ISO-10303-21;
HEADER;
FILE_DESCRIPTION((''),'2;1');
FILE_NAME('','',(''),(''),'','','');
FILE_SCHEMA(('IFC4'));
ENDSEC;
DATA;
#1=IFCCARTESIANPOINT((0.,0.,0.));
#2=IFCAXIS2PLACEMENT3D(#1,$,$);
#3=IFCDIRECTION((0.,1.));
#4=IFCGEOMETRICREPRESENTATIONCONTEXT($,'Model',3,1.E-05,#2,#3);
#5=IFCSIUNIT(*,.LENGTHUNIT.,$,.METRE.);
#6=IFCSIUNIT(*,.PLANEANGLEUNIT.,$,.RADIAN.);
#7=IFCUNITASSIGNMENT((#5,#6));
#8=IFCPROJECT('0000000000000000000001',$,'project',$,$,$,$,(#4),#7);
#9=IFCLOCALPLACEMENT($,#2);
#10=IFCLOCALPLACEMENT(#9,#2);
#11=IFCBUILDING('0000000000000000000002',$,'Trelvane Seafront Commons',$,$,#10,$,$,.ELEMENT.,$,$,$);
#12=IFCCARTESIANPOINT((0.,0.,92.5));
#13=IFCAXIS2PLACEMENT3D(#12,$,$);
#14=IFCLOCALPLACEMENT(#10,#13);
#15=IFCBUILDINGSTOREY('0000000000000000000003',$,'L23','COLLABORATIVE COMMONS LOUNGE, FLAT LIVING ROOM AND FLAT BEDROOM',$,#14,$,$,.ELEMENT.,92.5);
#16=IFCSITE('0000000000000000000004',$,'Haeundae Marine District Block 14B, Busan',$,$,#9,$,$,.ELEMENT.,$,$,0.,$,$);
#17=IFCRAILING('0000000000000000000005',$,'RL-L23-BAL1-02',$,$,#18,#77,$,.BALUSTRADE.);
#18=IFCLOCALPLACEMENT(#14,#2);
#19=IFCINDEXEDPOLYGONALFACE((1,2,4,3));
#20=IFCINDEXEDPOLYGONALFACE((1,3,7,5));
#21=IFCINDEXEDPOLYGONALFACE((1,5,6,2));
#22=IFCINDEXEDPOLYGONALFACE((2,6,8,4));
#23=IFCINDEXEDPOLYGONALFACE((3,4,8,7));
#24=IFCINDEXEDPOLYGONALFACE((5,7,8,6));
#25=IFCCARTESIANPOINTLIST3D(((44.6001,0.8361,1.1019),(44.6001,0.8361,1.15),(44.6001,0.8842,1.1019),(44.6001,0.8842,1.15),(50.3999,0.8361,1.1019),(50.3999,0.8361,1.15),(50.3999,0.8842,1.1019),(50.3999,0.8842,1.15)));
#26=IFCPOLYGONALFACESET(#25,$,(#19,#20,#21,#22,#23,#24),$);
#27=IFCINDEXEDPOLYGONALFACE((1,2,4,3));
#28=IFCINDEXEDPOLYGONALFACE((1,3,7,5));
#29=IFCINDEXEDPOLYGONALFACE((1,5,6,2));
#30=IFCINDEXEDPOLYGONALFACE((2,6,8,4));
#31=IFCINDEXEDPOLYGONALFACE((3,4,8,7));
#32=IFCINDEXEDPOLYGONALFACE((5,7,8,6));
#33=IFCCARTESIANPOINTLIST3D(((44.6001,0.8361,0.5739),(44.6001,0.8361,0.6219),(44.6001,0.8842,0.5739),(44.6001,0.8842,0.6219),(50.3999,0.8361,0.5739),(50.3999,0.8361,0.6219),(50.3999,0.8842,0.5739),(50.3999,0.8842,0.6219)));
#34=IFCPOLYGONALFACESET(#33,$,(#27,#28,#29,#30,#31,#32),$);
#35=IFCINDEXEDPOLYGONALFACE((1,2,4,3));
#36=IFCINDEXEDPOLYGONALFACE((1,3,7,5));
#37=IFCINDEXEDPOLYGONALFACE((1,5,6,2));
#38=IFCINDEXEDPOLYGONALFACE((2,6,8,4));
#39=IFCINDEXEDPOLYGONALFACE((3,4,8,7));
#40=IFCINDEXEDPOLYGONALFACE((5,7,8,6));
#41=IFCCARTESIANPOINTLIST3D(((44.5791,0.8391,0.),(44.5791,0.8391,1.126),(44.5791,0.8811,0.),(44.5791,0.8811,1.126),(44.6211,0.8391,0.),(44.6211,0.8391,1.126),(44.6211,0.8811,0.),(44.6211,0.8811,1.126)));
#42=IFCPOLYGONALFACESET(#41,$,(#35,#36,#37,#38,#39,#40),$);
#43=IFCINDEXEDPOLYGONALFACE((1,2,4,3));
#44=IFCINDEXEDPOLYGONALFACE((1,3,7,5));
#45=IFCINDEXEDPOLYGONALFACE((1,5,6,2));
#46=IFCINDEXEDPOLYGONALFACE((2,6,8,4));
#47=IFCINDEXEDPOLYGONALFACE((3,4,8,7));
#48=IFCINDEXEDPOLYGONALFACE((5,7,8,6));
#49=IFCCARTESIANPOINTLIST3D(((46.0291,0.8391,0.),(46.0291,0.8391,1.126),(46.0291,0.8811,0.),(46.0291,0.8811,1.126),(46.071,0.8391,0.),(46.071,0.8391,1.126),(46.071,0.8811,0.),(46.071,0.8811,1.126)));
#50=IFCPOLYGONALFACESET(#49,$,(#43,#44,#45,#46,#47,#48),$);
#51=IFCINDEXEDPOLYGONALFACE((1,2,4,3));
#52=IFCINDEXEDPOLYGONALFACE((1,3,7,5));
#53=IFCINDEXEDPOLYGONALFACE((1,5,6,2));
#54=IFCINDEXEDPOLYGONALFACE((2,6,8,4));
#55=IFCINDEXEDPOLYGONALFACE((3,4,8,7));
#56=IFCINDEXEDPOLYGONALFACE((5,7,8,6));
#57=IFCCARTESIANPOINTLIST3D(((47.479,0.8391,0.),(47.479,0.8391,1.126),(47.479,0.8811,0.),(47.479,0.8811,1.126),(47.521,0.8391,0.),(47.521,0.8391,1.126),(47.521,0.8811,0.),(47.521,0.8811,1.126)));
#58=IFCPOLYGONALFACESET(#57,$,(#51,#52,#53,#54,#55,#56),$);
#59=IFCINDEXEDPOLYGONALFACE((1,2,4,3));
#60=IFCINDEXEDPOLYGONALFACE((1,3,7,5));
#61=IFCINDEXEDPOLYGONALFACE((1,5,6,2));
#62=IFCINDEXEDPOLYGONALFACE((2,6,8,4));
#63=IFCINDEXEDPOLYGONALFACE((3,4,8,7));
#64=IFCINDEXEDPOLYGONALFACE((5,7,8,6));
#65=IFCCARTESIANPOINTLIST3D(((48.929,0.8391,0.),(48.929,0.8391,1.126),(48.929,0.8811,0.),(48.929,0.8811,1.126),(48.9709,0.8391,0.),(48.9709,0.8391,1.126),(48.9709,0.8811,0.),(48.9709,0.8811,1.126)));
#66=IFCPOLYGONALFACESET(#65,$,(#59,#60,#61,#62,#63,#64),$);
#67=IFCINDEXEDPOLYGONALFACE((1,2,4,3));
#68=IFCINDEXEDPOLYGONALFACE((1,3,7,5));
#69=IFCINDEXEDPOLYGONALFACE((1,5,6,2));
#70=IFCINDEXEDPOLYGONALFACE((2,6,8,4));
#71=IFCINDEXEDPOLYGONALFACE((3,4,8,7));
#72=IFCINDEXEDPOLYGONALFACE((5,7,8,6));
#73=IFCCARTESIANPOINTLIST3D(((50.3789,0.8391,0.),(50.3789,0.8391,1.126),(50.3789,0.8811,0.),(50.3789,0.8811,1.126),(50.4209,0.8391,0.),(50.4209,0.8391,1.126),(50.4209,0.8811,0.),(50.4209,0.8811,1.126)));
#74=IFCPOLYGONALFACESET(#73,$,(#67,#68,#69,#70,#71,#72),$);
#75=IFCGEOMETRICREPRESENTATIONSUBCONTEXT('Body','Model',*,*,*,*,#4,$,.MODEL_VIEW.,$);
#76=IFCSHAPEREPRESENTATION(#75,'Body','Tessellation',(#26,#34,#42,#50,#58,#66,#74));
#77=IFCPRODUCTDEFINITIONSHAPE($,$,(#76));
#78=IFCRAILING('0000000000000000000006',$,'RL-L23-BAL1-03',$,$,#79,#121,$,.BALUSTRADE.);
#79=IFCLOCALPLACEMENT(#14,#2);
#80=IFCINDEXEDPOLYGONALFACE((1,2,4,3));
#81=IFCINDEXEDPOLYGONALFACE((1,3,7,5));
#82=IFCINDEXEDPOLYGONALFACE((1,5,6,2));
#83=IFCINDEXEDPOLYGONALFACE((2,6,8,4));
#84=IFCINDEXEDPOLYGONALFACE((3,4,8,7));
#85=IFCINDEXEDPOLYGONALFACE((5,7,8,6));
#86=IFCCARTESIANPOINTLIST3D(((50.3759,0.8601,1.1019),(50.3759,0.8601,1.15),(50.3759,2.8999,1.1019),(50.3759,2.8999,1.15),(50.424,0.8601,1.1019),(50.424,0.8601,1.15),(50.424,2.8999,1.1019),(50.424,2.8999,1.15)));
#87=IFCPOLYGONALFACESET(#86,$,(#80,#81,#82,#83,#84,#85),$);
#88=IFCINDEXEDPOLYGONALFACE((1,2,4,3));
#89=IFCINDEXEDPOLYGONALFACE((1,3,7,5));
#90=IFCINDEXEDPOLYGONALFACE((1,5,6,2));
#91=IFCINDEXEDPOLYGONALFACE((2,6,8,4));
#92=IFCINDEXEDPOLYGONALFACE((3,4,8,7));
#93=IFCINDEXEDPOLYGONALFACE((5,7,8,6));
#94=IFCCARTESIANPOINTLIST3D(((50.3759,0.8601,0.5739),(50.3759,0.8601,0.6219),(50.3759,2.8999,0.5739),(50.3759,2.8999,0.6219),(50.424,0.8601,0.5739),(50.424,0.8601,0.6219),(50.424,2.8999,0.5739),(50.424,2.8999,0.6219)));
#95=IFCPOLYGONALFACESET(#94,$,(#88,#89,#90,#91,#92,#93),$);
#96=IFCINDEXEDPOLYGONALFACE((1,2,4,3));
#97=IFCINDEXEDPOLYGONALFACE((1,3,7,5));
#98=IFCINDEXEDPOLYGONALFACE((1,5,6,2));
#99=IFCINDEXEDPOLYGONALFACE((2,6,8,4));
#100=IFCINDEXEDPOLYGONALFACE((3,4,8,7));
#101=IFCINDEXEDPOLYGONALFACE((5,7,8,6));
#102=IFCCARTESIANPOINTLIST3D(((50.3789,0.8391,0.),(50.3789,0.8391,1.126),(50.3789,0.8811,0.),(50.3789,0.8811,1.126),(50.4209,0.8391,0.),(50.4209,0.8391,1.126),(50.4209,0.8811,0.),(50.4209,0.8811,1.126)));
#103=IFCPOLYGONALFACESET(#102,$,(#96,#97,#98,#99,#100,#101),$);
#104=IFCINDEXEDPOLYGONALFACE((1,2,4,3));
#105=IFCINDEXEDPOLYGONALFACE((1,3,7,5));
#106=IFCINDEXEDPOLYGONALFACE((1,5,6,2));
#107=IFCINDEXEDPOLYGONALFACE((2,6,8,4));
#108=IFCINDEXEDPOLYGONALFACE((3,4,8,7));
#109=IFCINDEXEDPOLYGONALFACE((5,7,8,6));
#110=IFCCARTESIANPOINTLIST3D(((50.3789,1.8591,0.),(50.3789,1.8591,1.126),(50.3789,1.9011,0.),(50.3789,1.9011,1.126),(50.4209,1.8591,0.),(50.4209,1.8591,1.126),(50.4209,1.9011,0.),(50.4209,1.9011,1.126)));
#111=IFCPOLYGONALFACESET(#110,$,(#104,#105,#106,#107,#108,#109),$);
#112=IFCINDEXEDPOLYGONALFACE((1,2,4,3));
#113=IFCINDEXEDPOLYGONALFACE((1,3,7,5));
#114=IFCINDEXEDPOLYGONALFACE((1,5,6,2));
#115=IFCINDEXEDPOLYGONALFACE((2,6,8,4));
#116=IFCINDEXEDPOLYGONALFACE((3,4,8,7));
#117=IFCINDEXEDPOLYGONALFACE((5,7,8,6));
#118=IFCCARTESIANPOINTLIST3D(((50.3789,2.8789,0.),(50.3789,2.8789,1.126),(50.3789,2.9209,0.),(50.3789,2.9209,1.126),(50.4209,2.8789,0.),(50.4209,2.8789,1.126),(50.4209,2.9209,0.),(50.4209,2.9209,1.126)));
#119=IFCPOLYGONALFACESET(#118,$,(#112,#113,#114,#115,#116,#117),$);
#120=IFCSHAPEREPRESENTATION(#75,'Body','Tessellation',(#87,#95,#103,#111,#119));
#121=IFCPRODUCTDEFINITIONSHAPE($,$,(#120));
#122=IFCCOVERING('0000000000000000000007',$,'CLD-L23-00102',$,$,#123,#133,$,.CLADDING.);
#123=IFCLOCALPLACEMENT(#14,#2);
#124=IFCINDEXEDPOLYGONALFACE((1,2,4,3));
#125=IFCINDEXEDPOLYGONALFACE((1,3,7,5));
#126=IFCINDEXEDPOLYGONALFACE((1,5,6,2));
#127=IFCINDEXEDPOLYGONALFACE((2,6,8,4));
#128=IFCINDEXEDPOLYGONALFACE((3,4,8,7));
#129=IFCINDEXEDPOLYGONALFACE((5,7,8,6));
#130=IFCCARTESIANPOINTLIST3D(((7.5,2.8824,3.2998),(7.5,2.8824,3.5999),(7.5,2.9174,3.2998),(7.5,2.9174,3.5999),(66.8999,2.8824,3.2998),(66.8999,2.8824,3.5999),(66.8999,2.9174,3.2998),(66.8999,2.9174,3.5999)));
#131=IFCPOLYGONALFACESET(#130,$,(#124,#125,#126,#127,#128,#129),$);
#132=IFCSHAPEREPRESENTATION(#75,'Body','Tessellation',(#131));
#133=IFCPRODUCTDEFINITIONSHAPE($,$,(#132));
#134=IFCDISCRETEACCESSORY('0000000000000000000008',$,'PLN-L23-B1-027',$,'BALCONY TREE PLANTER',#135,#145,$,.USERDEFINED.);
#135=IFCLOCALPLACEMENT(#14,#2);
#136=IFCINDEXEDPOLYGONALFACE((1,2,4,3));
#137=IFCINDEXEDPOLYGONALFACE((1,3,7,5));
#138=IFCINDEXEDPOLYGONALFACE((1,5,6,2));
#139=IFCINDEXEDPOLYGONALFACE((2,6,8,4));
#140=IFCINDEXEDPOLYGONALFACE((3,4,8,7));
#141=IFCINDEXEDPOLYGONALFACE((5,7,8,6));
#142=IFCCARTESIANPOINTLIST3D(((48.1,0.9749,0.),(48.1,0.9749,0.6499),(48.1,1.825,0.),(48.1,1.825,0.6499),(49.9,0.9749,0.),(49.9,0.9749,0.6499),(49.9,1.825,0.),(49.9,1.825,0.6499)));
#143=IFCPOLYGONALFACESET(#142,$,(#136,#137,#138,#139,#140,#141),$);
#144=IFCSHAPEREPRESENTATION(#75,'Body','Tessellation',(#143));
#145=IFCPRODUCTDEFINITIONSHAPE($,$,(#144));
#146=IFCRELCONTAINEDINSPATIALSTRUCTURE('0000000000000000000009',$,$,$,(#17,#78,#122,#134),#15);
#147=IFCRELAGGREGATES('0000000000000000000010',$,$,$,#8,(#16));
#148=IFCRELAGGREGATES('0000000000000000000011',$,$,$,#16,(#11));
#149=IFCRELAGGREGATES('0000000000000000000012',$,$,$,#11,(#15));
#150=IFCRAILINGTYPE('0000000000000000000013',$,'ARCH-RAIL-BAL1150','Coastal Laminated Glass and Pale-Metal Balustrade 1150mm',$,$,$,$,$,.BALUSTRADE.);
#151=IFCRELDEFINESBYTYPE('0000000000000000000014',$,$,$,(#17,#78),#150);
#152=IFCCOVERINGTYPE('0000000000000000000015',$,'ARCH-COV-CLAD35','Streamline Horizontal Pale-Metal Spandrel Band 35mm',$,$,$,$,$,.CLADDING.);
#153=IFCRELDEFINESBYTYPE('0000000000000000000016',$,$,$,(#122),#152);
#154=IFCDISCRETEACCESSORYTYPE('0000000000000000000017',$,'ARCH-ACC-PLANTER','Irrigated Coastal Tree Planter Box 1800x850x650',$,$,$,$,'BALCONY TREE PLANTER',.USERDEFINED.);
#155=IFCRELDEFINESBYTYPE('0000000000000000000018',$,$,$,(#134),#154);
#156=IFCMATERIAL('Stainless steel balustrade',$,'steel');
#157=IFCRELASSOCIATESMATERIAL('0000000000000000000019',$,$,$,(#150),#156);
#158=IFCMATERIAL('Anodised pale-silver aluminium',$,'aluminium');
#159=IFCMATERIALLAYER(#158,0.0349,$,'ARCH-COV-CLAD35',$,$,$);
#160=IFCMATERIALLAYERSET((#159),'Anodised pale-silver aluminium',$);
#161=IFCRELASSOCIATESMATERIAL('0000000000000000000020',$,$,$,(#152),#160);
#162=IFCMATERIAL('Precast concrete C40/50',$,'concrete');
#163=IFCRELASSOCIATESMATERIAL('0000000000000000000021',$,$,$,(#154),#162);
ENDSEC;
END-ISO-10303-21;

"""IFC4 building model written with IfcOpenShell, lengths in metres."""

from ifc_helpers import new_model, si_unit, direction, frame, origin, origin_2d, place, context, subcontext, project, spatial, rectangle, extrude, source, transform, mapped, material, layer, layer_set, type_object, element, save


model = new_model("IFC4")

# Units and contexts
model_context = context("Model", 3, precision=1e-05, world=origin(), true_north=direction((0.0, 1.0)))
body_context = subcontext(model_context, "Body", "Model", "MODEL_VIEW")
ifc_project = project(units=[si_unit("LENGTHUNIT", "METRE"), si_unit("PLANEANGLEUNIT", "RADIAN")], contexts=[model_context])

# Site, building, storey
site_placement = place(None, origin())
site = spatial("IfcSite", under=ifc_project, at=site_placement, Name="Haeundae Marine District Block 14B, Busan", CompositionType="ELEMENT", RefElevation=0.0)
building_placement = place(site_placement, origin())
building = spatial("IfcBuilding", under=site, at=building_placement, Name="Trelvane Seafront Commons", CompositionType="ELEMENT")
storey_placement = place(building_placement, frame((0.0, 0.0, 92.5)))
storey = spatial("IfcBuildingStorey", under=building, at=storey_placement, Name="L23", Description="COLLABORATIVE COMMONS LOUNGE, FLAT LIVING ROOM AND FLAT BEDROOM", CompositionType="ELEMENT", Elevation=92.5)

# Shared definitions
ifc_material_1 = material(Name="Anodised pale-silver aluminium", Category="aluminium")

# Railings
ifc_material_2 = material(Name="Stainless steel balustrade", Category="steel")
railing_type = type_object("IfcRailingType", Name="ARCH-RAIL-BAL1150", Description="Coastal Laminated Glass and Pale-Metal Balustrade 1150mm", PredefinedType="BALUSTRADE", material=ifc_material_2)
railing_1_placement = place(storey_placement, frame((44.6001, 0.8601, 0.0)))
element("IfcRailing", 1, at=railing_1_placement, inside=storey, type_object=railing_type, Name="RL-L23-BAL1-02", PredefinedType="BALUSTRADE", context=body_context, shape_type="SweptSolid", body=[
    extrude(rectangle(XDim=0.0481, YDim=0.0481, at=origin_2d()), frame((0.0, 0.0, 1.126), z_axis=(1.0, 0.0, 0.0), x_axis=(0.0, 1.0, 0.0)), (0.0, 0.0, 1.0), 5.7998),
    extrude(rectangle(XDim=0.0481, YDim=0.0481, at=origin_2d()), frame((0.0, 0.0, 0.5979), z_axis=(1.0, 0.0, 0.0), x_axis=(0.0, 1.0, 0.0)), (0.0, 0.0, 1.0), 5.7998),
    extrude(rectangle(XDim=0.042, YDim=0.042, at=origin_2d()), origin(), (0.0, 0.0, 1.0), 1.126),
    extrude(rectangle(XDim=0.042, YDim=0.042, at=origin_2d()), frame((1.45, 0.0, 0.0)), (0.0, 0.0, 1.0), 1.126),
    extrude(rectangle(XDim=0.042, YDim=0.042, at=origin_2d()), frame((2.8999, 0.0, 0.0)), (0.0, 0.0, 1.0), 1.126),
    extrude(rectangle(XDim=0.042, YDim=0.042, at=origin_2d()), frame((4.3499, 0.0, 0.0)), (0.0, 0.0, 1.0), 1.126),
    extrude(rectangle(XDim=0.042, YDim=0.042, at=origin_2d()), frame((5.7998, 0.0, 0.0)), (0.0, 0.0, 1.0), 1.126),
])
railing_2_placement = place(storey_placement, frame((50.3999, 0.8601, 0.0)))
element("IfcRailing", 2, at=railing_2_placement, inside=storey, type_object=railing_type, Name="RL-L23-BAL1-03", PredefinedType="BALUSTRADE", context=body_context, shape_type="SweptSolid", body=[
    extrude(rectangle(XDim=0.0481, YDim=0.0481, at=origin_2d()), frame((0.0, 0.0, 1.126), z_axis=(0.0, 1.0, 0.0), x_axis=(-1.0, 0.0, 0.0)), (0.0, 0.0, 1.0), 2.0398),
    extrude(rectangle(XDim=0.0481, YDim=0.0481, at=origin_2d()), frame((0.0, 0.0, 0.5979), z_axis=(0.0, 1.0, 0.0), x_axis=(-1.0, 0.0, 0.0)), (0.0, 0.0, 1.0), 2.0398),
    extrude(rectangle(XDim=0.042, YDim=0.042, at=origin_2d()), origin(), (0.0, 0.0, 1.0), 1.126),
    extrude(rectangle(XDim=0.042, YDim=0.042, at=origin_2d()), frame((0.0, 1.02, 0.0)), (0.0, 0.0, 1.0), 1.126),
    extrude(rectangle(XDim=0.042, YDim=0.042, at=origin_2d()), frame((0.0, 2.0398, 0.0)), (0.0, 0.0, 1.0), 1.126),
])

# Covering
ifc_layer_1 = layer(ifc_material_1, 0.0349, Name="ARCH-COV-CLAD35")
ifc_layer_set_1 = layer_set([ifc_layer_1], Name="Anodised pale-silver aluminium")
covering_type = type_object("IfcCoveringType", Name="ARCH-COV-CLAD35", Description="Streamline Horizontal Pale-Metal Spandrel Band 35mm", PredefinedType="CLADDING", material=ifc_layer_set_1)
shared_shape_1 = source(origin(), body_context, "Body", "SweptSolid", [
    extrude(rectangle(XDim=59.3999, YDim=0.0349, at=origin_2d()), origin(), (0.0, 0.0, 1.0), 0.3),
])
covering_placement = place(storey_placement, frame((37.2, 2.8999, 3.2998), z_axis=(0.0, 0.0, 1.0), x_axis=(-1.0, 0.0, 0.0)))
element("IfcCovering", 3, at=covering_placement, inside=storey, type_object=covering_type, Name="CLD-L23-00102", PredefinedType="CLADDING", context=body_context, shape_type="MappedRepresentation", body=[
    mapped(shared_shape_1, transform((0.0, 0.0, 0.0), x_axis=(1.0, 0.0, 0.0), y_axis=(0.0, 1.0, 0.0), z_axis=(0.0, 0.0, 1.0), scale=1.0)),
])

# Discrete accessory
ifc_material_3 = material(Name="Precast concrete C40/50", Category="concrete")
discrete_accessory_type = type_object("IfcDiscreteAccessoryType", Name="ARCH-ACC-PLANTER", Description="Irrigated Coastal Tree Planter Box 1800x850x650", ElementType="BALCONY TREE PLANTER", PredefinedType="USERDEFINED", material=ifc_material_3)
shared_shape_2 = source(origin(), body_context, "Body", "SweptSolid", [
    extrude(rectangle(XDim=1.8, YDim=0.8501, at=origin_2d()), origin(), (0.0, 0.0, 1.0), 0.6499),
])
discrete_accessory_placement = place(storey_placement, frame((49.0, 1.3999, 0.0), z_axis=(0.0, 0.0, 1.0), x_axis=(1.0, 0.0, 0.0)))
element("IfcDiscreteAccessory", 4, at=discrete_accessory_placement, inside=storey, type_object=discrete_accessory_type, Name="PLN-L23-B1-027", ObjectType="BALCONY TREE PLANTER", PredefinedType="USERDEFINED", context=body_context, shape_type="MappedRepresentation", body=[
    mapped(shared_shape_2, transform((0.0, 0.0, 0.0), x_axis=(1.0, 0.0, 0.0), y_axis=(0.0, 1.0, 0.0), z_axis=(0.0, 0.0, 1.0), scale=1.0)),
])

save(model, "model.ifc")
